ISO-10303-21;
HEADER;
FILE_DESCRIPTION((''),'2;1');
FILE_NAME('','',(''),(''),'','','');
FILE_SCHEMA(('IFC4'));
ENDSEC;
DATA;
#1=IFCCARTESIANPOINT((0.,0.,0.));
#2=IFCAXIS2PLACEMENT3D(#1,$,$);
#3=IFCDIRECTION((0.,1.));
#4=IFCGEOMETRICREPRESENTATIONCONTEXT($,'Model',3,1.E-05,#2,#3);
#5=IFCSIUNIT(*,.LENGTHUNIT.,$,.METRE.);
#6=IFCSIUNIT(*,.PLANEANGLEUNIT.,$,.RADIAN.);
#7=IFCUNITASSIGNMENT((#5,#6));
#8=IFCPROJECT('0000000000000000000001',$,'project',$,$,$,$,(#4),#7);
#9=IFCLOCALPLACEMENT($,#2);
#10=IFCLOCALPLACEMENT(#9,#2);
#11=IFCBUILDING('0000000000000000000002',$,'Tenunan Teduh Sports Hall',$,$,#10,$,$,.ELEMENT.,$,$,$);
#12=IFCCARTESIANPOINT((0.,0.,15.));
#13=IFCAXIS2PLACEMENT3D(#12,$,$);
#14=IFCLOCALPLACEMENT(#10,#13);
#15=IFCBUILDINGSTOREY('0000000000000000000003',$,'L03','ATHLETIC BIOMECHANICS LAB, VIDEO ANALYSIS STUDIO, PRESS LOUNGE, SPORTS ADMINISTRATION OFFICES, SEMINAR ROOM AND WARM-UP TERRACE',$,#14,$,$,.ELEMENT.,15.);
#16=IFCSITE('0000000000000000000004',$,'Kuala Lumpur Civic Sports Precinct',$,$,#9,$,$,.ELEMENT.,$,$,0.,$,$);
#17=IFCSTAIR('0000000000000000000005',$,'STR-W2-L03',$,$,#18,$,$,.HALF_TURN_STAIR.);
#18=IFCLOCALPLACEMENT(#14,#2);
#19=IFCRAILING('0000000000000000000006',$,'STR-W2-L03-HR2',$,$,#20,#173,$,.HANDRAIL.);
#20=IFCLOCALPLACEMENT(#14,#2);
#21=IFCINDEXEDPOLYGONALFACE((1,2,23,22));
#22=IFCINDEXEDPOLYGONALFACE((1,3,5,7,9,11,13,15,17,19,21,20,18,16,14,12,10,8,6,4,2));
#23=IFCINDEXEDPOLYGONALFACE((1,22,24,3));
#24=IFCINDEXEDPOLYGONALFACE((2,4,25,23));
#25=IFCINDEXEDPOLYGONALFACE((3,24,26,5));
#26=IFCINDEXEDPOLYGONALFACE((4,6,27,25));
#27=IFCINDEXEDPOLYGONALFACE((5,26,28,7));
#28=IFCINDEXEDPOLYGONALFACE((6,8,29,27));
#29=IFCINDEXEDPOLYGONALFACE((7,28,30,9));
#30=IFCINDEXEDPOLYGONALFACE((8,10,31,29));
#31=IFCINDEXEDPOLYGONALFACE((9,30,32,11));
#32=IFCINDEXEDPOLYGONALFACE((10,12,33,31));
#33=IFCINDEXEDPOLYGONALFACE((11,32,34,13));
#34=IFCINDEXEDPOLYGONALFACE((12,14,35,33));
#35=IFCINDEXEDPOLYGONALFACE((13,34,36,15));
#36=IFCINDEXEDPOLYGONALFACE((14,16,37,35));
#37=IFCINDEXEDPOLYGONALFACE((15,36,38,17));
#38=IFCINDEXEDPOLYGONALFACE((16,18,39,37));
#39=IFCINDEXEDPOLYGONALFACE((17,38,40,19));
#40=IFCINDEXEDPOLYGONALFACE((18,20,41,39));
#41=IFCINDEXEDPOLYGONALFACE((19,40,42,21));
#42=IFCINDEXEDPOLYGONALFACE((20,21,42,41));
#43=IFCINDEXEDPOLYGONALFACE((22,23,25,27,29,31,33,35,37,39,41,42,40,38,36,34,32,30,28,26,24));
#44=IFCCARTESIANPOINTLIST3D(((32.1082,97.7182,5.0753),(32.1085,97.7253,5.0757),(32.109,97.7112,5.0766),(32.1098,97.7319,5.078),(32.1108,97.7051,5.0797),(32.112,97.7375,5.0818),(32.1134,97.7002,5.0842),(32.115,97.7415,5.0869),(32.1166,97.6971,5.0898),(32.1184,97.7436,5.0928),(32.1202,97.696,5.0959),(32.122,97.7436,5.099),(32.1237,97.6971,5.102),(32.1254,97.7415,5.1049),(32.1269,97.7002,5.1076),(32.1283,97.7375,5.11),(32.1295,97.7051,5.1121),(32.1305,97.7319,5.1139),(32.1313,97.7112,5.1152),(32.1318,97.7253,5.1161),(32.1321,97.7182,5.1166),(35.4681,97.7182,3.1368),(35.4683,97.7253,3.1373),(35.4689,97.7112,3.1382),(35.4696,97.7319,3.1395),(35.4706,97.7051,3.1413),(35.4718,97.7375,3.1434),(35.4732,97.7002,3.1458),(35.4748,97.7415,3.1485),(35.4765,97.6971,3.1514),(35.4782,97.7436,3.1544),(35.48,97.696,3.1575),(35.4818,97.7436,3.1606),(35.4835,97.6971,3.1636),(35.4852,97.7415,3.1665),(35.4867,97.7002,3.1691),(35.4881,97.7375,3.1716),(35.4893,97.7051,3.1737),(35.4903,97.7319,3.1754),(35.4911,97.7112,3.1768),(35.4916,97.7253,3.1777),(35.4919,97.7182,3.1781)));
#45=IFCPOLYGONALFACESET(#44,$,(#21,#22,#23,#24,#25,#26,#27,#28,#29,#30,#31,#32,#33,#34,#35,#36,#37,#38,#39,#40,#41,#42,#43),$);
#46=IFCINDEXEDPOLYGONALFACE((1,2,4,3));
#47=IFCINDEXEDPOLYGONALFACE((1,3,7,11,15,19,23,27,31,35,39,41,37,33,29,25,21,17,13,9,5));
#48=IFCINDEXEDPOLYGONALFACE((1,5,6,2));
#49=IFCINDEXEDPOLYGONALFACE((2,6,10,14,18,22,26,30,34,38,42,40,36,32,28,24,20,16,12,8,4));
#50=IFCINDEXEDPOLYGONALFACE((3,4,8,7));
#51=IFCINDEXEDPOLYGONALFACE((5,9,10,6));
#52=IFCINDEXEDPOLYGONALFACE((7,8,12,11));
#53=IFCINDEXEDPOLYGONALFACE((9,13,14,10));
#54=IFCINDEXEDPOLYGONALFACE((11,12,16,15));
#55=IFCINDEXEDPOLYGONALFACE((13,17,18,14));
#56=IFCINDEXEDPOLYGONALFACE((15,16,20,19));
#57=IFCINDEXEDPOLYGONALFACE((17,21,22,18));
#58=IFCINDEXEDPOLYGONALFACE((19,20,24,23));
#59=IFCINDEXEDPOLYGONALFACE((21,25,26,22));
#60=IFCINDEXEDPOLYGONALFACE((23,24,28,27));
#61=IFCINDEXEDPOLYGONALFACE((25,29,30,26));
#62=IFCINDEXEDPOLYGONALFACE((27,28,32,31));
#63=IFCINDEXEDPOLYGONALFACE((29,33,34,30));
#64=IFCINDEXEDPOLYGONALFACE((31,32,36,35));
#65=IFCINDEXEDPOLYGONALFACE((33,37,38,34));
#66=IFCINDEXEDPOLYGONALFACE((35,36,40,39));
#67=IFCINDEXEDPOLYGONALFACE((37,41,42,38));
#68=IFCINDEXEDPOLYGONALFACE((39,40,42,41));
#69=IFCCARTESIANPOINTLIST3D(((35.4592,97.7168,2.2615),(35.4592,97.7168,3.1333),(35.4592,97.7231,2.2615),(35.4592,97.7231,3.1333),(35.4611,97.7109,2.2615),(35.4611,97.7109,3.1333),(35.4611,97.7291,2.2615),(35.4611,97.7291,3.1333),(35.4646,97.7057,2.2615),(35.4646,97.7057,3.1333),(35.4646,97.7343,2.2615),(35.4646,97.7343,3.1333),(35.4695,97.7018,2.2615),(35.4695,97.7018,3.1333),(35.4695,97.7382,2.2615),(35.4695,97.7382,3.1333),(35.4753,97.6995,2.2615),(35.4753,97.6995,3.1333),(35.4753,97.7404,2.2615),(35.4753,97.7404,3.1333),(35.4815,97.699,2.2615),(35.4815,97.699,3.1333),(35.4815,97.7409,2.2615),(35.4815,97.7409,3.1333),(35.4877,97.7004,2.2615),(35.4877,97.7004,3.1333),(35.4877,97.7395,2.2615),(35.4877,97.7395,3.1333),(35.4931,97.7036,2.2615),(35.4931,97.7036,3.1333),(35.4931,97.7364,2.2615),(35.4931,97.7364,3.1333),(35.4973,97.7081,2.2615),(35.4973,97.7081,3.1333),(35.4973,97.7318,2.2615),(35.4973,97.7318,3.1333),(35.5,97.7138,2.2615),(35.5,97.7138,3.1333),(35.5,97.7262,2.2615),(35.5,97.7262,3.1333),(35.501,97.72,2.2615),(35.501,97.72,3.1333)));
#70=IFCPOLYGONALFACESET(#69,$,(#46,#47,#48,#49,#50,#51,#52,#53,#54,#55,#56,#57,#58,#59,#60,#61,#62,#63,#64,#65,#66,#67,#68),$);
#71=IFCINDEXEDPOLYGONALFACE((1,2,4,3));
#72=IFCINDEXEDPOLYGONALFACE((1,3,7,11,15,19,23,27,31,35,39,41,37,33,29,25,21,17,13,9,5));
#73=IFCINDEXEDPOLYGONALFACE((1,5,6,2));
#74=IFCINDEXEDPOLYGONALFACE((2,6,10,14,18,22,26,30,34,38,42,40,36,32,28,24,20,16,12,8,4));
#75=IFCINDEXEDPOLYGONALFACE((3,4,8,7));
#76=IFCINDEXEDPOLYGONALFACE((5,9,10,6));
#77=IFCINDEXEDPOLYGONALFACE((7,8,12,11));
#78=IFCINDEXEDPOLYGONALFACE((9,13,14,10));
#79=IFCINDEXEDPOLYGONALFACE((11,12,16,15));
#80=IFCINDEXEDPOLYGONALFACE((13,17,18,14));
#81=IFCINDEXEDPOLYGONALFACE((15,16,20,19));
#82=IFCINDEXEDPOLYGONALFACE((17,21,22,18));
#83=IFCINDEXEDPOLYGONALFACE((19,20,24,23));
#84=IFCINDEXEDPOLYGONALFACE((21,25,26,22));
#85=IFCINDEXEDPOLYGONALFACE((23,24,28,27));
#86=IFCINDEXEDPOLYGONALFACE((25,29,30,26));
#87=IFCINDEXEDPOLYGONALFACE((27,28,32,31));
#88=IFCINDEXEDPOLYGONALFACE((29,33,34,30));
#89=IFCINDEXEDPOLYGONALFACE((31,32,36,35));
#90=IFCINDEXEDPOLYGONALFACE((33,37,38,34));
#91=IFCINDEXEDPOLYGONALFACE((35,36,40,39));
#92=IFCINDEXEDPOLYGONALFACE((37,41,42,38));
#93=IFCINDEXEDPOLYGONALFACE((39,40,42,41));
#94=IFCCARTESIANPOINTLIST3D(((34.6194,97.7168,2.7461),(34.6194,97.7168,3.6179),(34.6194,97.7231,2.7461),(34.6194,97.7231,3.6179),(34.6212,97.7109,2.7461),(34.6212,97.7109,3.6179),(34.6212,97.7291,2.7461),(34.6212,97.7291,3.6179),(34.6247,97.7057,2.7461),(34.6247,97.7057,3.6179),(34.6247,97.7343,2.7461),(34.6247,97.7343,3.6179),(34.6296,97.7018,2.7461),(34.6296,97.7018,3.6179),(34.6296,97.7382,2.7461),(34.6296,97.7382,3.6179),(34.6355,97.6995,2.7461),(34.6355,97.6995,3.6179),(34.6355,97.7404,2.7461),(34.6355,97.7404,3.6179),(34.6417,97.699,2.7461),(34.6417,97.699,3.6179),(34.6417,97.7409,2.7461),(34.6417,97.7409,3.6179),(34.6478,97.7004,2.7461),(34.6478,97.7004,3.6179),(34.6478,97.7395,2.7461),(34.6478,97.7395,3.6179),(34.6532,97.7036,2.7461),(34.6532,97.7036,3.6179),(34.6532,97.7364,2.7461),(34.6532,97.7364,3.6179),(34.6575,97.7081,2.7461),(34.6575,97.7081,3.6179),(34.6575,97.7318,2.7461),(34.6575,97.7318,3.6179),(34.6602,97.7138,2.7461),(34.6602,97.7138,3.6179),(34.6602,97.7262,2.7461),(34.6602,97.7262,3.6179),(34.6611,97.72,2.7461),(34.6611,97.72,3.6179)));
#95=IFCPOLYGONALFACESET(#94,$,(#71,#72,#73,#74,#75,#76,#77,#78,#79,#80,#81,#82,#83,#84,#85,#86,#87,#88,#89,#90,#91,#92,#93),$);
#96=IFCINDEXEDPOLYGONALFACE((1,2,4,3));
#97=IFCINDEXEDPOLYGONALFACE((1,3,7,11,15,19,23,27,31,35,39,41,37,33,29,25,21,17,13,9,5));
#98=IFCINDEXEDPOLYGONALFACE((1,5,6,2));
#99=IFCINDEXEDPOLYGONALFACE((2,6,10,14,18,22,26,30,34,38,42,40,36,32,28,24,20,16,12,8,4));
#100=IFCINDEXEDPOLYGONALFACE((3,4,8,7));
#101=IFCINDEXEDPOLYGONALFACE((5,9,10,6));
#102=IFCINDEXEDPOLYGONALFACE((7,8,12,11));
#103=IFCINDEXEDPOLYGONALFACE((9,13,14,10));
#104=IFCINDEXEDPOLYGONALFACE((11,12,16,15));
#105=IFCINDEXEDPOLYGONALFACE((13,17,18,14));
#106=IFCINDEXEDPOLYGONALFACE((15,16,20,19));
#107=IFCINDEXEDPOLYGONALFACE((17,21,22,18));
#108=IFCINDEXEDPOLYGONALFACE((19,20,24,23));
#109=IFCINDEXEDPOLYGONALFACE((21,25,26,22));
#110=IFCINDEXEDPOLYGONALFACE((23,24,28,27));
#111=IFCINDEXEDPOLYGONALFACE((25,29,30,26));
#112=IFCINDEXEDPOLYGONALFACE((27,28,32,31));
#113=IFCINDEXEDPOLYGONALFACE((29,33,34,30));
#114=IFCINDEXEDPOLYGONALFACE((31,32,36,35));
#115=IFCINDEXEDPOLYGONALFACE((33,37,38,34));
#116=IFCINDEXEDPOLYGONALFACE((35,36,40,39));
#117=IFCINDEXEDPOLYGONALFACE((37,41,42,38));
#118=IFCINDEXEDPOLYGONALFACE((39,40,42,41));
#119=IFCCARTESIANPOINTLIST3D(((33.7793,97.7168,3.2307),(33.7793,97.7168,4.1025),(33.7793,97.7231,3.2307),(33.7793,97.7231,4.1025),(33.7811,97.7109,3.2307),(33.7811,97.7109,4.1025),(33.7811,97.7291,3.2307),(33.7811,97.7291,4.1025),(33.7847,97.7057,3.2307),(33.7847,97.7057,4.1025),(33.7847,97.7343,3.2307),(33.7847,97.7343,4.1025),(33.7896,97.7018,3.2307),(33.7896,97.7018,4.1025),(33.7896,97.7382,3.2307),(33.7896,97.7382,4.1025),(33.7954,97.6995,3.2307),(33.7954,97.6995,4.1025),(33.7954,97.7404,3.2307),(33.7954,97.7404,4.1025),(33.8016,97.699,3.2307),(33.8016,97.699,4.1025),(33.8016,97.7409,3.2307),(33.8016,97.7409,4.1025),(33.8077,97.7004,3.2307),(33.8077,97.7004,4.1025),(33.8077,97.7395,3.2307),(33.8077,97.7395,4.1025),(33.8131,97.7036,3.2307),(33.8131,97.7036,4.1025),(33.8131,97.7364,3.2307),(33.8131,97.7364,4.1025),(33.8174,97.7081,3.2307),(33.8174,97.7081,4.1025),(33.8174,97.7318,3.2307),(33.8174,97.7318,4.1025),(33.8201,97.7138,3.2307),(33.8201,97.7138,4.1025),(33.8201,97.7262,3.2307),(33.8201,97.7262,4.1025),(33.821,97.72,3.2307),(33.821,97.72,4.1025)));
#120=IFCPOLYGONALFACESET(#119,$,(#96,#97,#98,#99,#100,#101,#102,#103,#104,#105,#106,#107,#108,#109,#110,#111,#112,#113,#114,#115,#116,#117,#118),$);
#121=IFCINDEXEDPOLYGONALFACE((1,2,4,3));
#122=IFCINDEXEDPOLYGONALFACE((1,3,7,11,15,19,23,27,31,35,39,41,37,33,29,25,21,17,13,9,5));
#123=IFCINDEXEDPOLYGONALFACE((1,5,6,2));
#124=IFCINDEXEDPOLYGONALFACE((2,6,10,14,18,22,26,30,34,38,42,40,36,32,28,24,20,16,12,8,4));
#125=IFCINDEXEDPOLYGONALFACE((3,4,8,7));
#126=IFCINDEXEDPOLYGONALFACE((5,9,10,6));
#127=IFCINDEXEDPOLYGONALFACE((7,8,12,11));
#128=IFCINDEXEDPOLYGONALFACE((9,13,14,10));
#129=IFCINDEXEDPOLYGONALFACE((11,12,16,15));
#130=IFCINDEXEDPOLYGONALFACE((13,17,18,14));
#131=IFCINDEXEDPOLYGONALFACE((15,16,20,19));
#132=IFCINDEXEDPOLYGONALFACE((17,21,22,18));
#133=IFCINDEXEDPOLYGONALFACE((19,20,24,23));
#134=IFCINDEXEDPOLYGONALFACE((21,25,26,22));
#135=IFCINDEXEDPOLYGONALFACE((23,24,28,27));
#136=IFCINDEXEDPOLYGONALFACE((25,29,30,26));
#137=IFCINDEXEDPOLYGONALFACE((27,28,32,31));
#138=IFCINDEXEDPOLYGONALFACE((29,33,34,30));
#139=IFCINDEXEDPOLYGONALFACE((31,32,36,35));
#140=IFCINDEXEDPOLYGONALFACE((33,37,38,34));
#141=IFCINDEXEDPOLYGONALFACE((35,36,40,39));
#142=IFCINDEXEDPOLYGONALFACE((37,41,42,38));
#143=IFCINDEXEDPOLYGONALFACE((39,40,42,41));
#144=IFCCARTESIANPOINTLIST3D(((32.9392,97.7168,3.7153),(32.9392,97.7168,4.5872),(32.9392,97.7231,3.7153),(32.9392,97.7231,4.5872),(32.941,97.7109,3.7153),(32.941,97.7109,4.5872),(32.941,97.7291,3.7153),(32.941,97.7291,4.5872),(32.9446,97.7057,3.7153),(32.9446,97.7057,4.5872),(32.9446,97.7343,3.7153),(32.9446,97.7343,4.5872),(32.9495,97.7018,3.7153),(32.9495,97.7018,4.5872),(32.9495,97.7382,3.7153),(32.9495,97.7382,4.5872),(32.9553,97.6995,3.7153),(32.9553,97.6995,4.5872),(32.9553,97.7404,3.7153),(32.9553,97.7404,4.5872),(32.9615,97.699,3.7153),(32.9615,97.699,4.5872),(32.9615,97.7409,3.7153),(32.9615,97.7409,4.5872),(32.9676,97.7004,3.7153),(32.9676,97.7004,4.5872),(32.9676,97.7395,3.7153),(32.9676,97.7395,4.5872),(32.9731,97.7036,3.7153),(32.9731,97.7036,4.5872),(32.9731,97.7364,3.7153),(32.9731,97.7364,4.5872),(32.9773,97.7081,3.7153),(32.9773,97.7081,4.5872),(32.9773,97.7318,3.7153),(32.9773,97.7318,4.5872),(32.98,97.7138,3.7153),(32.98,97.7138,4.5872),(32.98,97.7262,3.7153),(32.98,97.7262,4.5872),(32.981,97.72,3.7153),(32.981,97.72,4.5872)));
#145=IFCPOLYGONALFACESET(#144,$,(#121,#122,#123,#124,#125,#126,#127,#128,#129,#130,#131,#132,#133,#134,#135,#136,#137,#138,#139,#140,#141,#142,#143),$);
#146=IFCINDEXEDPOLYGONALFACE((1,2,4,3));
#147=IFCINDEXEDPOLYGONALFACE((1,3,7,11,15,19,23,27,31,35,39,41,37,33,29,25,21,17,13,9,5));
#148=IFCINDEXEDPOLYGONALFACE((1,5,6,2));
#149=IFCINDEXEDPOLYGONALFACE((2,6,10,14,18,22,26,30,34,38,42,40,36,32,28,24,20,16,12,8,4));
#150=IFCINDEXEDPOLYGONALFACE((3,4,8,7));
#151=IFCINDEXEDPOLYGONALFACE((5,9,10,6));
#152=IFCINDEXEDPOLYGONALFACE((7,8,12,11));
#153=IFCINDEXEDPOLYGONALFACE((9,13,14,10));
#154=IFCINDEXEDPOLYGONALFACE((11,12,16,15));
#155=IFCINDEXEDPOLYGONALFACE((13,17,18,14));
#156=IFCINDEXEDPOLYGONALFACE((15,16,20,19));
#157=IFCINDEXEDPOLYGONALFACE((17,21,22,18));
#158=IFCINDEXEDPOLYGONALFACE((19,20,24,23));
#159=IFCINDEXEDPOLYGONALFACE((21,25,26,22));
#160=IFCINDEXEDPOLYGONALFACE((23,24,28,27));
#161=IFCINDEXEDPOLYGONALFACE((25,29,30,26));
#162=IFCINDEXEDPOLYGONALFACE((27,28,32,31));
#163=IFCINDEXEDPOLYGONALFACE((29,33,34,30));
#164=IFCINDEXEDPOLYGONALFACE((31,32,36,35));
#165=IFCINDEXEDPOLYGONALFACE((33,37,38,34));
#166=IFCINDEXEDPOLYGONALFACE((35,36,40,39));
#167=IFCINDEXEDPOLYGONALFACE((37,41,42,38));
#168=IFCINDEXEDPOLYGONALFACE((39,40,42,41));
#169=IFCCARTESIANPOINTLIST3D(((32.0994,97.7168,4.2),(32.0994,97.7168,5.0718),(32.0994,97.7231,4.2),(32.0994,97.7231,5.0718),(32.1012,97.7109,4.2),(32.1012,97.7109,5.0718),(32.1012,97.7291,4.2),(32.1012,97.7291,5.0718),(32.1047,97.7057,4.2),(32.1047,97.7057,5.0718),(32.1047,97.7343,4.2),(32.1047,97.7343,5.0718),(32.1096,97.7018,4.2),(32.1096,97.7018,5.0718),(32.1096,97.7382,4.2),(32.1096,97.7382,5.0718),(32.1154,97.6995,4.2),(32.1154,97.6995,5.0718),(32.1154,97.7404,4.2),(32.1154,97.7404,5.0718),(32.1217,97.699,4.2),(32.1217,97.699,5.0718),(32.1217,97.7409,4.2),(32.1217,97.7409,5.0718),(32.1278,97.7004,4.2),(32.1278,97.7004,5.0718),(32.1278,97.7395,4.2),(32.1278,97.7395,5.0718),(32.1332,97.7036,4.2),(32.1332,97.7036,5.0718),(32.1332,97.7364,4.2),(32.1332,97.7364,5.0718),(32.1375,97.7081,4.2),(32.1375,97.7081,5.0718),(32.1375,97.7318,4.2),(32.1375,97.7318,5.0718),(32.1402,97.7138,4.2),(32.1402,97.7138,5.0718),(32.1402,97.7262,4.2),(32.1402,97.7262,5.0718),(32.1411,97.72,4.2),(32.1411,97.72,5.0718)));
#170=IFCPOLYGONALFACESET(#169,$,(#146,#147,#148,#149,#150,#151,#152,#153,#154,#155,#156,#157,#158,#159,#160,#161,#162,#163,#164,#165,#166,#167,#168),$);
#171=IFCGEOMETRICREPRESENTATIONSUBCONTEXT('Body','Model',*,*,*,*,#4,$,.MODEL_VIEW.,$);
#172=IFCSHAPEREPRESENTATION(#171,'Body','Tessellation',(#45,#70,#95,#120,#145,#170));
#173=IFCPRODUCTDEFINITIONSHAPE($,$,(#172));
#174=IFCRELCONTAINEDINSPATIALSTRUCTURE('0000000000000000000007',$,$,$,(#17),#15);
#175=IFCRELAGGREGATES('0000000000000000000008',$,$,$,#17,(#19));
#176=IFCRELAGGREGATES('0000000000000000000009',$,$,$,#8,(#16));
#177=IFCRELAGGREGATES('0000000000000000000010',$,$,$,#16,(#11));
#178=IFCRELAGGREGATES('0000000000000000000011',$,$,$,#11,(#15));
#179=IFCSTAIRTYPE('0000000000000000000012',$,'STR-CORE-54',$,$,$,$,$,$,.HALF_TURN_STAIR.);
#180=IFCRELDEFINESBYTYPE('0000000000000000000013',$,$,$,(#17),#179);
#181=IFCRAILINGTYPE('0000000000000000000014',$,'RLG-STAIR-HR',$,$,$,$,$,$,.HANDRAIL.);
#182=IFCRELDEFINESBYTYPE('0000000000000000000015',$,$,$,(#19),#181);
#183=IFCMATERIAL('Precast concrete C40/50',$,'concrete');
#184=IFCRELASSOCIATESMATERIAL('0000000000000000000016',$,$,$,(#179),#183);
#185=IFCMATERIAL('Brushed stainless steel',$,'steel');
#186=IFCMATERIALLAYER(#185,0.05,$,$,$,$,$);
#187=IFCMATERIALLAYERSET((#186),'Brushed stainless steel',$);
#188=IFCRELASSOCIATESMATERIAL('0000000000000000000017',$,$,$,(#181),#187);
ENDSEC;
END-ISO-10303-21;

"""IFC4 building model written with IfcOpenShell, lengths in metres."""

from ifc_helpers import new_model, si_unit, direction, frame, origin, origin_2d, place, context, subcontext, project, spatial, circle, extrude, material, layer, layer_set, type_object, element, aggregate, save


model = new_model("IFC4")

# Units and contexts
model_context = context("Model", 3, precision=1e-05, world=origin(), true_north=direction((0.0, 1.0)))
body_context = subcontext(model_context, "Body", "Model", "MODEL_VIEW")
ifc_project = project(units=[si_unit("LENGTHUNIT", "METRE"), si_unit("PLANEANGLEUNIT", "RADIAN")], contexts=[model_context])

# Site, building, storey
site_placement = place(None, origin())
site = spatial("IfcSite", under=ifc_project, at=site_placement, Name="Kuala Lumpur Civic Sports Precinct", CompositionType="ELEMENT", RefElevation=0.0)
building_placement = place(site_placement, origin())
building = spatial("IfcBuilding", under=site, at=building_placement, Name="Tenunan Teduh Sports Hall", CompositionType="ELEMENT")
storey_placement = place(building_placement, frame((0.0, 0.0, 15.0)))
storey = spatial("IfcBuildingStorey", under=building, at=storey_placement, Name="L03", Description="ATHLETIC BIOMECHANICS LAB, VIDEO ANALYSIS STUDIO, PRESS LOUNGE, SPORTS ADMINISTRATION OFFICES, SEMINAR ROOM AND WARM-UP TERRACE", CompositionType="ELEMENT", Elevation=15.0)

# Stair
ifc_material_1 = material(Name="Precast concrete C40/50", Category="concrete")
stair_type = type_object("IfcStairType", Name="STR-CORE-54", PredefinedType="HALF_TURN_STAIR", material=ifc_material_1)
stair_placement = place(storey_placement, origin())
stair = element("IfcStair", 1, at=stair_placement, inside=storey, type_object=stair_type, Name="STR-W2-L03", PredefinedType="HALF_TURN_STAIR")

# Railing
ifc_material_2 = material(Name="Brushed stainless steel", Category="steel")
ifc_layer_1 = layer(ifc_material_2, 0.05)
ifc_layer_set_1 = layer_set([ifc_layer_1], Name="Brushed stainless steel")
railing_type_1 = type_object("IfcRailingType", Name="RLG-STAIR-HR", PredefinedType="HANDRAIL", material=ifc_layer_set_1)
railing_1_placement = place(storey_placement, frame((35.48, 97.72, 2.2615)))
railing_1 = element("IfcRailing", 2, at=railing_1_placement, type_object=railing_type_1, Name="STR-W2-L03-HR2", PredefinedType="HANDRAIL", context=body_context, shape_type="SweptSolid", body=[
    extrude(circle(Radius=0.0239, at=origin_2d()), frame((0.0, 0.0, 0.896), z_axis=(-0.866175, 0.0, 0.499741), x_axis=(0.0, -1.0, 0.0)), (0.0, 0.0, 1.0), 3.8789),
    extrude(circle(Radius=0.021, at=origin_2d()), origin(), (0.0, 0.0, 1.0), 0.8718),
    extrude(circle(Radius=0.021, at=origin_2d()), frame((-0.8398, 0.0, 0.4846)), (0.0, 0.0, 1.0), 0.8718),
    extrude(circle(Radius=0.021, at=origin_2d()), frame((-1.6799, 0.0, 0.9692)), (0.0, 0.0, 1.0), 0.8718),
    extrude(circle(Radius=0.021, at=origin_2d()), frame((-2.52, 0.0, 1.4539)), (0.0, 0.0, 1.0), 0.8718),
    extrude(circle(Radius=0.021, at=origin_2d()), frame((-3.3599, 0.0, 1.9385)), (0.0, 0.0, 1.0), 0.8718),
])
aggregate(stair, [railing_1])

save(model, "model.ifc")
